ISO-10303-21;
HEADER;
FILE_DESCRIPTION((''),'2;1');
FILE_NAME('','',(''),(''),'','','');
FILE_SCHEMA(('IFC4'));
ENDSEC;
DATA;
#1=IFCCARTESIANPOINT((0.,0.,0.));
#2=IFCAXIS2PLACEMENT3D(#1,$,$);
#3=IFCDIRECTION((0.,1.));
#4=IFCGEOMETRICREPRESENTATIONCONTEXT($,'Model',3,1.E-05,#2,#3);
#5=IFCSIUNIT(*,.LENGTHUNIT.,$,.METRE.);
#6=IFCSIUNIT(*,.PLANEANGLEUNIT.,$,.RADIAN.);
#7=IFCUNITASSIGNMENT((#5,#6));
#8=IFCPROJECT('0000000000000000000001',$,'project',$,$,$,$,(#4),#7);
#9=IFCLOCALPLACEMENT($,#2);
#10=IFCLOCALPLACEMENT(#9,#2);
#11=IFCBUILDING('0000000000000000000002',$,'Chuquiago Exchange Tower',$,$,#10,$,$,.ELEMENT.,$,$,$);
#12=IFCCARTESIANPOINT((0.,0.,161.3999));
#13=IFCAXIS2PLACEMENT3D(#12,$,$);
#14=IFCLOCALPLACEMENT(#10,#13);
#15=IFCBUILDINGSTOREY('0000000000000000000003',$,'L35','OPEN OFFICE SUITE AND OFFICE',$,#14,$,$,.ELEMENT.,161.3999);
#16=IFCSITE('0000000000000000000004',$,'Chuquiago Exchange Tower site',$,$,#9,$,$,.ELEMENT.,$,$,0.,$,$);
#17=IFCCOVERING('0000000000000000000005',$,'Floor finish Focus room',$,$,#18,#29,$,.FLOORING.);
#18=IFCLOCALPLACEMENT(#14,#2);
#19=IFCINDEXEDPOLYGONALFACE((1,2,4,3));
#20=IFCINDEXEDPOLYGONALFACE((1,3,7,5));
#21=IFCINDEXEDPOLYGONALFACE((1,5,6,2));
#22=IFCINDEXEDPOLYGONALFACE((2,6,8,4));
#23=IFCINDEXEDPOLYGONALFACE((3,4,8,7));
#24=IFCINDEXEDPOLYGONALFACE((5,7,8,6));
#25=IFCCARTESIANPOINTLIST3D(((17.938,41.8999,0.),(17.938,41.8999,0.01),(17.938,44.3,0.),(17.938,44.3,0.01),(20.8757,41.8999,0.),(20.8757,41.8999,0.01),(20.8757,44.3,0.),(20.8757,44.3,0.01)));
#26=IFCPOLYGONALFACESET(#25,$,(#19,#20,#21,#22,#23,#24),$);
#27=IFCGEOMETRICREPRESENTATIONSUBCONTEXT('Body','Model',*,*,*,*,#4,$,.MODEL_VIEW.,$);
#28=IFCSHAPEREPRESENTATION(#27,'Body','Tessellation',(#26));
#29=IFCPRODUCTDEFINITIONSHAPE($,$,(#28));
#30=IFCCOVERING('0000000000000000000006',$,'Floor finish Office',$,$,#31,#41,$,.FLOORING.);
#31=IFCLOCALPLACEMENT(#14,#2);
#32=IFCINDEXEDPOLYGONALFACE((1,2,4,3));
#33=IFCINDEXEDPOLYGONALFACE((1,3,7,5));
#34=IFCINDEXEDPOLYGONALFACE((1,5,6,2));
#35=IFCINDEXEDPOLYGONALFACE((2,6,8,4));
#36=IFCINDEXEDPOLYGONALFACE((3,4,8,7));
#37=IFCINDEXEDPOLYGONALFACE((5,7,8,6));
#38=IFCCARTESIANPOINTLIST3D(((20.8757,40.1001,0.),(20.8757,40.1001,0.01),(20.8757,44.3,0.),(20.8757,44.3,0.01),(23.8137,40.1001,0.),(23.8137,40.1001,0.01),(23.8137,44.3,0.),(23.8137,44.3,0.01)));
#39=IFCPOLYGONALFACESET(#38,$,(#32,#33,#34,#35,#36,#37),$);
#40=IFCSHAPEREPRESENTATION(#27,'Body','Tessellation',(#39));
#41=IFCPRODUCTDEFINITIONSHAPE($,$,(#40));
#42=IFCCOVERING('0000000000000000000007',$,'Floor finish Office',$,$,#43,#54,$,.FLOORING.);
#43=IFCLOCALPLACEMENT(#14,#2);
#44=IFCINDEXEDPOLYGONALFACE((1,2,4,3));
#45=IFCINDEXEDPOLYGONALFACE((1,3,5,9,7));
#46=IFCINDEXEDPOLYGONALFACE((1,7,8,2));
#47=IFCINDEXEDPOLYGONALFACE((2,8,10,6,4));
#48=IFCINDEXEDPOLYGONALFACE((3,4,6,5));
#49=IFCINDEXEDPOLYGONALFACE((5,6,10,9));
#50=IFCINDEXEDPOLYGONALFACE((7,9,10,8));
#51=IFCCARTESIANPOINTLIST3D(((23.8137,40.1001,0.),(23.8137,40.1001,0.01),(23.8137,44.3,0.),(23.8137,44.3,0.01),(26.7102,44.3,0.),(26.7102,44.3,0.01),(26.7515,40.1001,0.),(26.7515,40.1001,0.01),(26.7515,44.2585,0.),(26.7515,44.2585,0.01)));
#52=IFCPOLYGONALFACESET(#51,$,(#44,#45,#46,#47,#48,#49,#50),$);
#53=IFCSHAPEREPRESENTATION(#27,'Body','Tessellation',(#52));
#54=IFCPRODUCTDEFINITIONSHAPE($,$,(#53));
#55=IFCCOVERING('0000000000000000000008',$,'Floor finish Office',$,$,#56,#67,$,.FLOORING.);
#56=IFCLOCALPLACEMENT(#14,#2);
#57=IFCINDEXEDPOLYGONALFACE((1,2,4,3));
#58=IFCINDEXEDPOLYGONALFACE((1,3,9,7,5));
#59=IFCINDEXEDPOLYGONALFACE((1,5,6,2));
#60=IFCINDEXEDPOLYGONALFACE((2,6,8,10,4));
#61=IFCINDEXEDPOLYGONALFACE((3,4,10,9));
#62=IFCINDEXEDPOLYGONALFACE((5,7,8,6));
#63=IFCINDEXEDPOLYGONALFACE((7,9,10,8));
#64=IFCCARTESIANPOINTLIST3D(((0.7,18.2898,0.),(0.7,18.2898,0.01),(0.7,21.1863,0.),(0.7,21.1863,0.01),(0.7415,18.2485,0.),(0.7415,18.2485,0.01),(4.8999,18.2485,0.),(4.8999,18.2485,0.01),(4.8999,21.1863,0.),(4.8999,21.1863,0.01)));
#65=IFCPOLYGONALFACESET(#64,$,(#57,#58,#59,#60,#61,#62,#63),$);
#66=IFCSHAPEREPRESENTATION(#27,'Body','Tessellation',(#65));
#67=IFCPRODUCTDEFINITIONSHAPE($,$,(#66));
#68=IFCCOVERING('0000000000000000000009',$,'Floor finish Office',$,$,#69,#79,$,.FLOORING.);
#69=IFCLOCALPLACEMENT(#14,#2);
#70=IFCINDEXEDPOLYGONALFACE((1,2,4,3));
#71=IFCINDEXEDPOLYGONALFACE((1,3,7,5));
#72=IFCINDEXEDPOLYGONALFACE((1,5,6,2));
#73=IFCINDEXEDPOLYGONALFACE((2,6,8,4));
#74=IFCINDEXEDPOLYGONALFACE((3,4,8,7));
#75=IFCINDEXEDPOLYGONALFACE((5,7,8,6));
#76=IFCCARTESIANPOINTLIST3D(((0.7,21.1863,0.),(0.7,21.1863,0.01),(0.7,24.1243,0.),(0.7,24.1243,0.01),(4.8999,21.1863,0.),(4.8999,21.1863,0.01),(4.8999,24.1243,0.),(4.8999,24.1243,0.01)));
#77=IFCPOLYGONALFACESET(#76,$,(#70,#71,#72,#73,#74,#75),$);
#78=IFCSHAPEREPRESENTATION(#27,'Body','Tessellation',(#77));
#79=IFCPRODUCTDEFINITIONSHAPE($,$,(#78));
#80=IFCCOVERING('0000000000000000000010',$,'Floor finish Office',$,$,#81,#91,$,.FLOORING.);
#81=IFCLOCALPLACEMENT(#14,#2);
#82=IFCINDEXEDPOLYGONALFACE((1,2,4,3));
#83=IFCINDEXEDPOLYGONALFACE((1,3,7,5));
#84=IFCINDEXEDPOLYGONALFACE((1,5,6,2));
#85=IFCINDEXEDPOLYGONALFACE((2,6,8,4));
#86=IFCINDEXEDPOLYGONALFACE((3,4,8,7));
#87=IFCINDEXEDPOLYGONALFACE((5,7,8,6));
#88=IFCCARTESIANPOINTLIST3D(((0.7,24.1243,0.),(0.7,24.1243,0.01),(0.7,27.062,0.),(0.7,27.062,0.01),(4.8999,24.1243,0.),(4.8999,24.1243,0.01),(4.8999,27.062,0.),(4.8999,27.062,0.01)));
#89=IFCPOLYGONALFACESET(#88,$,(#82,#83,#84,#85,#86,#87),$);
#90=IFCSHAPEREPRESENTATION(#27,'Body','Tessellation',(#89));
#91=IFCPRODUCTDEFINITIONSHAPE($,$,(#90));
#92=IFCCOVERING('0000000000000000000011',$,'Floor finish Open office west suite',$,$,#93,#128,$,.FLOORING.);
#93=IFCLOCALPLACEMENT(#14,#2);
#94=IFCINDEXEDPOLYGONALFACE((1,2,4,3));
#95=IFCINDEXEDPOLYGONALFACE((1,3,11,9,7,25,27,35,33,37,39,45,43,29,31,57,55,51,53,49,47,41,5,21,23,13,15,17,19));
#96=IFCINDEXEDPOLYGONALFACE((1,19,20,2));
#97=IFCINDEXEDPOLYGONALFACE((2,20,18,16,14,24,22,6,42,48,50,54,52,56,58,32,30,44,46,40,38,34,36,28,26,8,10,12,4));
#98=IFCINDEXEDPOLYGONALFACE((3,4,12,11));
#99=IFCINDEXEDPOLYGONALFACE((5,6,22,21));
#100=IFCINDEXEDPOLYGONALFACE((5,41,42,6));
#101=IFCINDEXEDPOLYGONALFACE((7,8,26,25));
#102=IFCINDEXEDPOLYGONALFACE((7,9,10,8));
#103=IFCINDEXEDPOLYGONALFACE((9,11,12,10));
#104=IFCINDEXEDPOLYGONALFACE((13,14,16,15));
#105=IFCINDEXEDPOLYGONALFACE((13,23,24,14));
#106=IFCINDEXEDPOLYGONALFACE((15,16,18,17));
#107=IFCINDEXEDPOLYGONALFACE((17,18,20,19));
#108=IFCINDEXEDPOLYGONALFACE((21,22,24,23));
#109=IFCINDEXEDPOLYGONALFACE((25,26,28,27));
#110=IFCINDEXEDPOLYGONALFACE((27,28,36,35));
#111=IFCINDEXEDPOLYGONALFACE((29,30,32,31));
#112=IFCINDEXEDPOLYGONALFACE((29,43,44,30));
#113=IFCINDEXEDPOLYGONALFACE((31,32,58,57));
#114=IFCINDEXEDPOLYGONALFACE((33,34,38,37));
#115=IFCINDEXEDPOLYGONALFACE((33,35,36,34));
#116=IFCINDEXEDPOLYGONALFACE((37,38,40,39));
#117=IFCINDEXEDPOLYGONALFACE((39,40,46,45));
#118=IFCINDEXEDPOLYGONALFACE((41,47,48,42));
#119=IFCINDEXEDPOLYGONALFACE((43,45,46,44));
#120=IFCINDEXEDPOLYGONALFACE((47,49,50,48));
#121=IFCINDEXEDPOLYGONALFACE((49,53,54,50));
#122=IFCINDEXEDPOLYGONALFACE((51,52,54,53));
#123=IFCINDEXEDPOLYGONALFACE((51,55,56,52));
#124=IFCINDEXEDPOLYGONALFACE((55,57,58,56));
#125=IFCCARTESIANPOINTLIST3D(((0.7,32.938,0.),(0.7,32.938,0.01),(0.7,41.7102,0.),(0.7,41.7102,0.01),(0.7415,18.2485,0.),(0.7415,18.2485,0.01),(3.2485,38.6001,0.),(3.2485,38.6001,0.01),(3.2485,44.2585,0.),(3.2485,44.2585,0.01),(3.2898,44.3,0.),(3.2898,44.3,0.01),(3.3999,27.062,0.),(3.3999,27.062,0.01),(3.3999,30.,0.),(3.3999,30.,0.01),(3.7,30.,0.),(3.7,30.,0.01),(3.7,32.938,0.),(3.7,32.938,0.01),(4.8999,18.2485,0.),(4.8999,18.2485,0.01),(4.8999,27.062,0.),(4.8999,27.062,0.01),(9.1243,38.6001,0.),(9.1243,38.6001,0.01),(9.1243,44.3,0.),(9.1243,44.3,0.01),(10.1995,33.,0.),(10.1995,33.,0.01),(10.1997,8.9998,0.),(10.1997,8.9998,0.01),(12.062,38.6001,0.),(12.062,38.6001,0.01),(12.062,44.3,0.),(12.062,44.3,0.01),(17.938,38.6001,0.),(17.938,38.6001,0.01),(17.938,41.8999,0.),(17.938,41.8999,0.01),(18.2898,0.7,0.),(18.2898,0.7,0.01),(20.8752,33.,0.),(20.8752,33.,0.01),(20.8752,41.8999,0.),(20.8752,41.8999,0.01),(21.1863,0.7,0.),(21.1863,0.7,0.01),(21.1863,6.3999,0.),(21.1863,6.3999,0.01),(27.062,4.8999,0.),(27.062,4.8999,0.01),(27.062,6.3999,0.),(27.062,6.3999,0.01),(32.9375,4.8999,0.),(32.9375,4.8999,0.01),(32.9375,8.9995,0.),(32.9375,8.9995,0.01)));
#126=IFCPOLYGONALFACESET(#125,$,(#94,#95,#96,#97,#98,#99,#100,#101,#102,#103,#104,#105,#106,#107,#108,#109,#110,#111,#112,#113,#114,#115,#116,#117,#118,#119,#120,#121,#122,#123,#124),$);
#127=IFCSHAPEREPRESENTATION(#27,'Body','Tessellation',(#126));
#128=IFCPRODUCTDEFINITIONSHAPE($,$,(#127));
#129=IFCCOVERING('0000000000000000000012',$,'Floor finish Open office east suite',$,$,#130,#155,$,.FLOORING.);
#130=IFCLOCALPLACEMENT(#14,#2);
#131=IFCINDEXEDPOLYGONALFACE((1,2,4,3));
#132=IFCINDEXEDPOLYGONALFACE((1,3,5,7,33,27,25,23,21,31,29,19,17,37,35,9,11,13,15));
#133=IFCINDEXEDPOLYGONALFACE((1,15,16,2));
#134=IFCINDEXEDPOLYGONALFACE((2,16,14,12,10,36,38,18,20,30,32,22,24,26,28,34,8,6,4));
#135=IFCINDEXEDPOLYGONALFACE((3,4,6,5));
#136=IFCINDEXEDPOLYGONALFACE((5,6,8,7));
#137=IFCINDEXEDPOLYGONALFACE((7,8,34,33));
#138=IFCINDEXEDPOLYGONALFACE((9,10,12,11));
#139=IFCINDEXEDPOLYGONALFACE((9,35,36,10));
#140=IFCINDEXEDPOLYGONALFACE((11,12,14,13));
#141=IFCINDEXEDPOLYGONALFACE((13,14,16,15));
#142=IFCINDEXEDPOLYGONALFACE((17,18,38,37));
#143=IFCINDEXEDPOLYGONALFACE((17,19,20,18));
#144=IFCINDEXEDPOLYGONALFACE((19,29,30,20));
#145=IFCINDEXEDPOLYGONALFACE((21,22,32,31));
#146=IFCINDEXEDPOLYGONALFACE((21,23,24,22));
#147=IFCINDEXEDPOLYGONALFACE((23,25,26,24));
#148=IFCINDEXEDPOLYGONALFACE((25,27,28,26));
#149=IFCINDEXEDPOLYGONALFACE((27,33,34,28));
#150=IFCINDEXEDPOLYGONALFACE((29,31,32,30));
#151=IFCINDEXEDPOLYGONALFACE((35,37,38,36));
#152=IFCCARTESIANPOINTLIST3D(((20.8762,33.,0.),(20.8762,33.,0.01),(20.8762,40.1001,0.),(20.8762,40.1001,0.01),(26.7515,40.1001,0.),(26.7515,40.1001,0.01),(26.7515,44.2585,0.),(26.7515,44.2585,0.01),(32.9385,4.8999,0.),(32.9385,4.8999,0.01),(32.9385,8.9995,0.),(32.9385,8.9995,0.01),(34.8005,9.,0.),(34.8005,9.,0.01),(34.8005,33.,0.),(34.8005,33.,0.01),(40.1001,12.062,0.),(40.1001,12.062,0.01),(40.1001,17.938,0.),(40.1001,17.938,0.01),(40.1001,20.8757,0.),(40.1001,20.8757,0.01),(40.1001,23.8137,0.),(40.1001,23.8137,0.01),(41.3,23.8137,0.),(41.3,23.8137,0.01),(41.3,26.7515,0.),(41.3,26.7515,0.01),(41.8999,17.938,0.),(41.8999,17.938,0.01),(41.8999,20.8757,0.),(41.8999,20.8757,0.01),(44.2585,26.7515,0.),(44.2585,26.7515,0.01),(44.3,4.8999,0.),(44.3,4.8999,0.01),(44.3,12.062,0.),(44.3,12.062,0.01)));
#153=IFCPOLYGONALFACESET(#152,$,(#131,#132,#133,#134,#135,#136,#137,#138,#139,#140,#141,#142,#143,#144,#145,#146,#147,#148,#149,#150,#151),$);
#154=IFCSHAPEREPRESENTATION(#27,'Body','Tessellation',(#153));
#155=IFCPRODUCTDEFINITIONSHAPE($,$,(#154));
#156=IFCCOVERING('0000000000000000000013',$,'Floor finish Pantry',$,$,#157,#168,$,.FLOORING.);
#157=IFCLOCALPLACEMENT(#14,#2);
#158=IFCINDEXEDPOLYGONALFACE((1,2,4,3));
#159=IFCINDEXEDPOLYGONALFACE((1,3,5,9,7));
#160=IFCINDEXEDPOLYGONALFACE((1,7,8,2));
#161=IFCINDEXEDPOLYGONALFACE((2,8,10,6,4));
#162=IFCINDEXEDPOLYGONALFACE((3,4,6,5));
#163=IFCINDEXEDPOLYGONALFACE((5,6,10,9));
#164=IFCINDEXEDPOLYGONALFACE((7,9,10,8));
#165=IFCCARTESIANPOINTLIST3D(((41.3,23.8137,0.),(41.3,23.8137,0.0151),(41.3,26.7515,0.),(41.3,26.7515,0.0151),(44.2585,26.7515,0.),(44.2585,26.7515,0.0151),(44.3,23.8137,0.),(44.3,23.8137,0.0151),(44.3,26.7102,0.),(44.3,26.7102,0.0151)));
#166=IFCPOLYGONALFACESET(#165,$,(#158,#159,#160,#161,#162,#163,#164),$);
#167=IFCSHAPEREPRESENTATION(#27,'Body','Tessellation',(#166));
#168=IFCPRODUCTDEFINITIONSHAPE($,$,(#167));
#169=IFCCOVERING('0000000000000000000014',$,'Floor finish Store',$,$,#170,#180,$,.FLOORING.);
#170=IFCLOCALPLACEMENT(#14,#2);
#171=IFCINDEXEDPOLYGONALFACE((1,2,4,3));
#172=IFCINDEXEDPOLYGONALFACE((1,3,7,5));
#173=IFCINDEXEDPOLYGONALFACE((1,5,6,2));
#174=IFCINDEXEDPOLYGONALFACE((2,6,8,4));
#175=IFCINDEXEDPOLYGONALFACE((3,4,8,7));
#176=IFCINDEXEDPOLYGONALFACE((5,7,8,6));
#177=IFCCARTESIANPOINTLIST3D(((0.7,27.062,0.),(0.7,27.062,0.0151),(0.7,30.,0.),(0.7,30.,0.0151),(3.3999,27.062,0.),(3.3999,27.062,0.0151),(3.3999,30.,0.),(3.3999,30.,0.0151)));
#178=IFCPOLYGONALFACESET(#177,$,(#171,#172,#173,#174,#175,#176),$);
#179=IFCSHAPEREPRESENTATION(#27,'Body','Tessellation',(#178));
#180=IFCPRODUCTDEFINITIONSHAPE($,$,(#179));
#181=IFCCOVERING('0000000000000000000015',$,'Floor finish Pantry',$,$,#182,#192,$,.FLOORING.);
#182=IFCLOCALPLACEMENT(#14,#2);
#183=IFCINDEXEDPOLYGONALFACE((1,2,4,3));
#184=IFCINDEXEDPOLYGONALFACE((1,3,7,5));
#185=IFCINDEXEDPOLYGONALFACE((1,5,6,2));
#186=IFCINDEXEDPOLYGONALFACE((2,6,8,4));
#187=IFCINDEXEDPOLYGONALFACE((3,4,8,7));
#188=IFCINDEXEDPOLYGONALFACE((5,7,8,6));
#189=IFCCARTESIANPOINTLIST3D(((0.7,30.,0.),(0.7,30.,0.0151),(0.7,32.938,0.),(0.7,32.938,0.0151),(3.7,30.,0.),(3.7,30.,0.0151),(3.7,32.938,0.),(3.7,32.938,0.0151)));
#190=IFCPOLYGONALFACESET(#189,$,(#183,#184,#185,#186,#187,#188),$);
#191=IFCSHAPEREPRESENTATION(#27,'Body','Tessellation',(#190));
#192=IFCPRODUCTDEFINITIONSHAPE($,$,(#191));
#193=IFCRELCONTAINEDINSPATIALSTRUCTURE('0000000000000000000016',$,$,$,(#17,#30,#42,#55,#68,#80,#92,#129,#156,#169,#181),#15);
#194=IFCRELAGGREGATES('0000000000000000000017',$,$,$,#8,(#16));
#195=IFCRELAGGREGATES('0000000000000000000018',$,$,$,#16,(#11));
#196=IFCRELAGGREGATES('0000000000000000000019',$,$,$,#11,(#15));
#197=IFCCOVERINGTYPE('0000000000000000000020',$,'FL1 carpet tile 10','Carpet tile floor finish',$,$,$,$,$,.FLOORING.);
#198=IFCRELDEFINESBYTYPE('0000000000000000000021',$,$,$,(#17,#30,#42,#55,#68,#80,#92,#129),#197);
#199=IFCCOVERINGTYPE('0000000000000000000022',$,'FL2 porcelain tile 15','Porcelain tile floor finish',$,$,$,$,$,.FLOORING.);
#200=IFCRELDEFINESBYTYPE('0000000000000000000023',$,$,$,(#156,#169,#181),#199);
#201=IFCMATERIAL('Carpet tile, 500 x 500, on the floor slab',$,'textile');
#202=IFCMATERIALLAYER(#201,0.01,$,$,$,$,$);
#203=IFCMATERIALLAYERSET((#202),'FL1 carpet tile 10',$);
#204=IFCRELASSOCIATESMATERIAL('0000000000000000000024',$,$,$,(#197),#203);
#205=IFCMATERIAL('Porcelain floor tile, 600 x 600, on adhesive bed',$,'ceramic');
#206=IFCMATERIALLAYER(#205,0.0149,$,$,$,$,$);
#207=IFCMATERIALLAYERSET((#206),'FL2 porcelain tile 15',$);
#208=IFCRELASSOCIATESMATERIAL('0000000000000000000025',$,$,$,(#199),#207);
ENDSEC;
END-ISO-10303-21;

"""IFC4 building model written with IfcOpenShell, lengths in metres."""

from ifc_helpers import new_model, si_unit, direction, frame, origin, place, context, subcontext, project, spatial, polyline, outline, extrude, material, layer, layer_set, type_object, element, save


model = new_model("IFC4")

# Units and contexts
model_context = context("Model", 3, precision=1e-05, world=origin(), true_north=direction((0.0, 1.0)))
body_context = subcontext(model_context, "Body", "Model", "MODEL_VIEW")
ifc_project = project(units=[si_unit("LENGTHUNIT", "METRE"), si_unit("PLANEANGLEUNIT", "RADIAN")], contexts=[model_context])

# Site, building, storey
site_placement = place(None, origin())
site = spatial("IfcSite", under=ifc_project, at=site_placement, Name="Chuquiago Exchange Tower site", CompositionType="ELEMENT", RefElevation=0.0)
building_placement = place(site_placement, origin())
building = spatial("IfcBuilding", under=site, at=building_placement, Name="Chuquiago Exchange Tower", CompositionType="ELEMENT")
storey_placement = place(building_placement, frame((0.0, 0.0, 161.3999)))
storey = spatial("IfcBuildingStorey", under=building, at=storey_placement, Name="L35", Description="OPEN OFFICE SUITE AND OFFICE", CompositionType="ELEMENT", Elevation=161.3999)

# Coverings
ifc_material_1 = material(Name="Carpet tile, 500 x 500, on the floor slab", Category="textile")
ifc_layer_1 = layer(ifc_material_1, 0.01)
ifc_layer_set_1 = layer_set([ifc_layer_1], Name="FL1 carpet tile 10")
covering_type_1 = type_object("IfcCoveringType", Name="FL1 carpet tile 10", Description="Carpet tile floor finish", PredefinedType="FLOORING", material=ifc_layer_set_1)
covering_1_placement = place(storey_placement, origin())
element("IfcCovering", 1, at=covering_1_placement, inside=storey, type_object=covering_type_1, Name="Floor finish Focus room", PredefinedType="FLOORING", context=body_context, shape_type="SweptSolid", body=[
    extrude(outline(polyline([(20.8757, 44.3), (20.8757, 41.8999), (17.938, 41.8999), (17.938, 44.3), (20.8757, 44.3)])), origin(), (0.0, 0.0, 1.0), 0.01),
])
covering_2_placement = place(storey_placement, origin())
element("IfcCovering", 2, at=covering_2_placement, inside=storey, type_object=covering_type_1, Name="Floor finish Office", PredefinedType="FLOORING", context=body_context, shape_type="SweptSolid", body=[
    extrude(outline(polyline([(23.8137, 44.3), (23.8137, 40.1001), (20.8757, 40.1001), (20.8757, 44.3), (23.8137, 44.3)])), origin(), (0.0, 0.0, 1.0), 0.01),
])
covering_3_placement = place(storey_placement, origin())
element("IfcCovering", 3, at=covering_3_placement, inside=storey, type_object=covering_type_1, Name="Floor finish Office", PredefinedType="FLOORING", context=body_context, shape_type="SweptSolid", body=[
    extrude(outline(polyline([(26.7102, 44.3), (26.7515, 44.2585), (26.7515, 40.1001), (23.8137, 40.1001), (23.8137, 44.3), (26.7102, 44.3)])), origin(), (0.0, 0.0, 1.0), 0.01),
])
covering_4_placement = place(storey_placement, origin())
element("IfcCovering", 4, at=covering_4_placement, inside=storey, type_object=covering_type_1, Name="Floor finish Office", PredefinedType="FLOORING", context=body_context, shape_type="SweptSolid", body=[
    extrude(outline(polyline([(0.7, 21.1863), (4.8999, 21.1863), (4.8999, 18.2485), (0.7415, 18.2485), (0.7, 18.2898), (0.7, 21.1863)])), origin(), (0.0, 0.0, 1.0), 0.01),
])
covering_5_placement = place(storey_placement, origin())
element("IfcCovering", 5, at=covering_5_placement, inside=storey, type_object=covering_type_1, Name="Floor finish Office", PredefinedType="FLOORING", context=body_context, shape_type="SweptSolid", body=[
    extrude(outline(polyline([(0.7, 24.1243), (4.8999, 24.1243), (4.8999, 21.1863), (0.7, 21.1863), (0.7, 24.1243)])), origin(), (0.0, 0.0, 1.0), 0.01),
])
covering_6_placement = place(storey_placement, origin())
element("IfcCovering", 6, at=covering_6_placement, inside=storey, type_object=covering_type_1, Name="Floor finish Office", PredefinedType="FLOORING", context=body_context, shape_type="SweptSolid", body=[
    extrude(outline(polyline([(0.7, 27.062), (4.8999, 27.062), (4.8999, 24.1243), (0.7, 24.1243), (0.7, 27.062)])), origin(), (0.0, 0.0, 1.0), 0.01),
])
covering_7_placement = place(storey_placement, origin())
element("IfcCovering", 7, at=covering_7_placement, inside=storey, type_object=covering_type_1, Name="Floor finish Open office west suite", PredefinedType="FLOORING", context=body_context, shape_type="SweptSolid", body=[
    extrude(outline(polyline([(3.2485, 44.2585), (3.2485, 38.6001), (9.1243, 38.6001), (9.1243, 44.3), (12.062, 44.3), (12.062, 38.6001), (17.938, 38.6001), (17.938, 41.8999), (20.8752, 41.8999), (20.8752, 33.0), (10.1995, 33.0), (10.1997, 8.9998), (32.9375, 8.9995), (32.9375, 4.8999), (27.062, 4.8999), (27.062, 6.3999), (21.1863, 6.3999), (21.1863, 0.7), (18.2898, 0.7), (0.7415, 18.2485), (4.8999, 18.2485), (4.8999, 27.062), (3.3999, 27.062), (3.3999, 30.0), (3.7, 30.0), (3.7, 32.938), (0.7, 32.938), (0.7, 41.7102), (3.2898, 44.3), (3.2485, 44.2585)])), origin(), (0.0, 0.0, 1.0), 0.01),
])
covering_8_placement = place(storey_placement, origin())
element("IfcCovering", 8, at=covering_8_placement, inside=storey, type_object=covering_type_1, Name="Floor finish Open office east suite", PredefinedType="FLOORING", context=body_context, shape_type="SweptSolid", body=[
    extrude(outline(polyline([(20.8762, 40.1001), (26.7515, 40.1001), (26.7515, 44.2585), (44.2585, 26.7515), (41.3, 26.7515), (41.3, 23.8137), (40.1001, 23.8137), (40.1001, 20.8757), (41.8999, 20.8757), (41.8999, 17.938), (40.1001, 17.938), (40.1001, 12.062), (44.3, 12.062), (44.3, 4.8999), (32.9385, 4.8999), (32.9385, 8.9995), (34.8005, 9.0), (34.8005, 33.0), (20.8762, 33.0), (20.8762, 40.1001)])), origin(), (0.0, 0.0, 1.0), 0.01),
])
ifc_material_2 = material(Name="Porcelain floor tile, 600 x 600, on adhesive bed", Category="ceramic")
ifc_layer_2 = layer(ifc_material_2, 0.0149)
ifc_layer_set_2 = layer_set([ifc_layer_2], Name="FL2 porcelain tile 15")
covering_type_2 = type_object("IfcCoveringType", Name="FL2 porcelain tile 15", Description="Porcelain tile floor finish", PredefinedType="FLOORING", material=ifc_layer_set_2)
covering_9_placement = place(storey_placement, origin())
element("IfcCovering", 9, at=covering_9_placement, inside=storey, type_object=covering_type_2, Name="Floor finish Pantry", PredefinedType="FLOORING", context=body_context, shape_type="SweptSolid", body=[
    extrude(outline(polyline([(44.3, 26.7102), (44.3, 23.8137), (41.3, 23.8137), (41.3, 26.7515), (44.2585, 26.7515), (44.3, 26.7102)])), origin(), (0.0, 0.0, 1.0), 0.0151),
])
covering_10_placement = place(storey_placement, origin())
element("IfcCovering", 10, at=covering_10_placement, inside=storey, type_object=covering_type_2, Name="Floor finish Store", PredefinedType="FLOORING", context=body_context, shape_type="SweptSolid", body=[
    extrude(outline(polyline([(0.7, 30.0), (3.3999, 30.0), (3.3999, 27.062), (0.7, 27.062), (0.7, 30.0)])), origin(), (0.0, 0.0, 1.0), 0.0151),
])
covering_11_placement = place(storey_placement, origin())
element("IfcCovering", 11, at=covering_11_placement, inside=storey, type_object=covering_type_2, Name="Floor finish Pantry", PredefinedType="FLOORING", context=body_context, shape_type="SweptSolid", body=[
    extrude(outline(polyline([(0.7, 32.938), (3.7, 32.938), (3.7, 30.0), (0.7, 30.0), (0.7, 32.938)])), origin(), (0.0, 0.0, 1.0), 0.0151),
])

save(model, "model.ifc")
